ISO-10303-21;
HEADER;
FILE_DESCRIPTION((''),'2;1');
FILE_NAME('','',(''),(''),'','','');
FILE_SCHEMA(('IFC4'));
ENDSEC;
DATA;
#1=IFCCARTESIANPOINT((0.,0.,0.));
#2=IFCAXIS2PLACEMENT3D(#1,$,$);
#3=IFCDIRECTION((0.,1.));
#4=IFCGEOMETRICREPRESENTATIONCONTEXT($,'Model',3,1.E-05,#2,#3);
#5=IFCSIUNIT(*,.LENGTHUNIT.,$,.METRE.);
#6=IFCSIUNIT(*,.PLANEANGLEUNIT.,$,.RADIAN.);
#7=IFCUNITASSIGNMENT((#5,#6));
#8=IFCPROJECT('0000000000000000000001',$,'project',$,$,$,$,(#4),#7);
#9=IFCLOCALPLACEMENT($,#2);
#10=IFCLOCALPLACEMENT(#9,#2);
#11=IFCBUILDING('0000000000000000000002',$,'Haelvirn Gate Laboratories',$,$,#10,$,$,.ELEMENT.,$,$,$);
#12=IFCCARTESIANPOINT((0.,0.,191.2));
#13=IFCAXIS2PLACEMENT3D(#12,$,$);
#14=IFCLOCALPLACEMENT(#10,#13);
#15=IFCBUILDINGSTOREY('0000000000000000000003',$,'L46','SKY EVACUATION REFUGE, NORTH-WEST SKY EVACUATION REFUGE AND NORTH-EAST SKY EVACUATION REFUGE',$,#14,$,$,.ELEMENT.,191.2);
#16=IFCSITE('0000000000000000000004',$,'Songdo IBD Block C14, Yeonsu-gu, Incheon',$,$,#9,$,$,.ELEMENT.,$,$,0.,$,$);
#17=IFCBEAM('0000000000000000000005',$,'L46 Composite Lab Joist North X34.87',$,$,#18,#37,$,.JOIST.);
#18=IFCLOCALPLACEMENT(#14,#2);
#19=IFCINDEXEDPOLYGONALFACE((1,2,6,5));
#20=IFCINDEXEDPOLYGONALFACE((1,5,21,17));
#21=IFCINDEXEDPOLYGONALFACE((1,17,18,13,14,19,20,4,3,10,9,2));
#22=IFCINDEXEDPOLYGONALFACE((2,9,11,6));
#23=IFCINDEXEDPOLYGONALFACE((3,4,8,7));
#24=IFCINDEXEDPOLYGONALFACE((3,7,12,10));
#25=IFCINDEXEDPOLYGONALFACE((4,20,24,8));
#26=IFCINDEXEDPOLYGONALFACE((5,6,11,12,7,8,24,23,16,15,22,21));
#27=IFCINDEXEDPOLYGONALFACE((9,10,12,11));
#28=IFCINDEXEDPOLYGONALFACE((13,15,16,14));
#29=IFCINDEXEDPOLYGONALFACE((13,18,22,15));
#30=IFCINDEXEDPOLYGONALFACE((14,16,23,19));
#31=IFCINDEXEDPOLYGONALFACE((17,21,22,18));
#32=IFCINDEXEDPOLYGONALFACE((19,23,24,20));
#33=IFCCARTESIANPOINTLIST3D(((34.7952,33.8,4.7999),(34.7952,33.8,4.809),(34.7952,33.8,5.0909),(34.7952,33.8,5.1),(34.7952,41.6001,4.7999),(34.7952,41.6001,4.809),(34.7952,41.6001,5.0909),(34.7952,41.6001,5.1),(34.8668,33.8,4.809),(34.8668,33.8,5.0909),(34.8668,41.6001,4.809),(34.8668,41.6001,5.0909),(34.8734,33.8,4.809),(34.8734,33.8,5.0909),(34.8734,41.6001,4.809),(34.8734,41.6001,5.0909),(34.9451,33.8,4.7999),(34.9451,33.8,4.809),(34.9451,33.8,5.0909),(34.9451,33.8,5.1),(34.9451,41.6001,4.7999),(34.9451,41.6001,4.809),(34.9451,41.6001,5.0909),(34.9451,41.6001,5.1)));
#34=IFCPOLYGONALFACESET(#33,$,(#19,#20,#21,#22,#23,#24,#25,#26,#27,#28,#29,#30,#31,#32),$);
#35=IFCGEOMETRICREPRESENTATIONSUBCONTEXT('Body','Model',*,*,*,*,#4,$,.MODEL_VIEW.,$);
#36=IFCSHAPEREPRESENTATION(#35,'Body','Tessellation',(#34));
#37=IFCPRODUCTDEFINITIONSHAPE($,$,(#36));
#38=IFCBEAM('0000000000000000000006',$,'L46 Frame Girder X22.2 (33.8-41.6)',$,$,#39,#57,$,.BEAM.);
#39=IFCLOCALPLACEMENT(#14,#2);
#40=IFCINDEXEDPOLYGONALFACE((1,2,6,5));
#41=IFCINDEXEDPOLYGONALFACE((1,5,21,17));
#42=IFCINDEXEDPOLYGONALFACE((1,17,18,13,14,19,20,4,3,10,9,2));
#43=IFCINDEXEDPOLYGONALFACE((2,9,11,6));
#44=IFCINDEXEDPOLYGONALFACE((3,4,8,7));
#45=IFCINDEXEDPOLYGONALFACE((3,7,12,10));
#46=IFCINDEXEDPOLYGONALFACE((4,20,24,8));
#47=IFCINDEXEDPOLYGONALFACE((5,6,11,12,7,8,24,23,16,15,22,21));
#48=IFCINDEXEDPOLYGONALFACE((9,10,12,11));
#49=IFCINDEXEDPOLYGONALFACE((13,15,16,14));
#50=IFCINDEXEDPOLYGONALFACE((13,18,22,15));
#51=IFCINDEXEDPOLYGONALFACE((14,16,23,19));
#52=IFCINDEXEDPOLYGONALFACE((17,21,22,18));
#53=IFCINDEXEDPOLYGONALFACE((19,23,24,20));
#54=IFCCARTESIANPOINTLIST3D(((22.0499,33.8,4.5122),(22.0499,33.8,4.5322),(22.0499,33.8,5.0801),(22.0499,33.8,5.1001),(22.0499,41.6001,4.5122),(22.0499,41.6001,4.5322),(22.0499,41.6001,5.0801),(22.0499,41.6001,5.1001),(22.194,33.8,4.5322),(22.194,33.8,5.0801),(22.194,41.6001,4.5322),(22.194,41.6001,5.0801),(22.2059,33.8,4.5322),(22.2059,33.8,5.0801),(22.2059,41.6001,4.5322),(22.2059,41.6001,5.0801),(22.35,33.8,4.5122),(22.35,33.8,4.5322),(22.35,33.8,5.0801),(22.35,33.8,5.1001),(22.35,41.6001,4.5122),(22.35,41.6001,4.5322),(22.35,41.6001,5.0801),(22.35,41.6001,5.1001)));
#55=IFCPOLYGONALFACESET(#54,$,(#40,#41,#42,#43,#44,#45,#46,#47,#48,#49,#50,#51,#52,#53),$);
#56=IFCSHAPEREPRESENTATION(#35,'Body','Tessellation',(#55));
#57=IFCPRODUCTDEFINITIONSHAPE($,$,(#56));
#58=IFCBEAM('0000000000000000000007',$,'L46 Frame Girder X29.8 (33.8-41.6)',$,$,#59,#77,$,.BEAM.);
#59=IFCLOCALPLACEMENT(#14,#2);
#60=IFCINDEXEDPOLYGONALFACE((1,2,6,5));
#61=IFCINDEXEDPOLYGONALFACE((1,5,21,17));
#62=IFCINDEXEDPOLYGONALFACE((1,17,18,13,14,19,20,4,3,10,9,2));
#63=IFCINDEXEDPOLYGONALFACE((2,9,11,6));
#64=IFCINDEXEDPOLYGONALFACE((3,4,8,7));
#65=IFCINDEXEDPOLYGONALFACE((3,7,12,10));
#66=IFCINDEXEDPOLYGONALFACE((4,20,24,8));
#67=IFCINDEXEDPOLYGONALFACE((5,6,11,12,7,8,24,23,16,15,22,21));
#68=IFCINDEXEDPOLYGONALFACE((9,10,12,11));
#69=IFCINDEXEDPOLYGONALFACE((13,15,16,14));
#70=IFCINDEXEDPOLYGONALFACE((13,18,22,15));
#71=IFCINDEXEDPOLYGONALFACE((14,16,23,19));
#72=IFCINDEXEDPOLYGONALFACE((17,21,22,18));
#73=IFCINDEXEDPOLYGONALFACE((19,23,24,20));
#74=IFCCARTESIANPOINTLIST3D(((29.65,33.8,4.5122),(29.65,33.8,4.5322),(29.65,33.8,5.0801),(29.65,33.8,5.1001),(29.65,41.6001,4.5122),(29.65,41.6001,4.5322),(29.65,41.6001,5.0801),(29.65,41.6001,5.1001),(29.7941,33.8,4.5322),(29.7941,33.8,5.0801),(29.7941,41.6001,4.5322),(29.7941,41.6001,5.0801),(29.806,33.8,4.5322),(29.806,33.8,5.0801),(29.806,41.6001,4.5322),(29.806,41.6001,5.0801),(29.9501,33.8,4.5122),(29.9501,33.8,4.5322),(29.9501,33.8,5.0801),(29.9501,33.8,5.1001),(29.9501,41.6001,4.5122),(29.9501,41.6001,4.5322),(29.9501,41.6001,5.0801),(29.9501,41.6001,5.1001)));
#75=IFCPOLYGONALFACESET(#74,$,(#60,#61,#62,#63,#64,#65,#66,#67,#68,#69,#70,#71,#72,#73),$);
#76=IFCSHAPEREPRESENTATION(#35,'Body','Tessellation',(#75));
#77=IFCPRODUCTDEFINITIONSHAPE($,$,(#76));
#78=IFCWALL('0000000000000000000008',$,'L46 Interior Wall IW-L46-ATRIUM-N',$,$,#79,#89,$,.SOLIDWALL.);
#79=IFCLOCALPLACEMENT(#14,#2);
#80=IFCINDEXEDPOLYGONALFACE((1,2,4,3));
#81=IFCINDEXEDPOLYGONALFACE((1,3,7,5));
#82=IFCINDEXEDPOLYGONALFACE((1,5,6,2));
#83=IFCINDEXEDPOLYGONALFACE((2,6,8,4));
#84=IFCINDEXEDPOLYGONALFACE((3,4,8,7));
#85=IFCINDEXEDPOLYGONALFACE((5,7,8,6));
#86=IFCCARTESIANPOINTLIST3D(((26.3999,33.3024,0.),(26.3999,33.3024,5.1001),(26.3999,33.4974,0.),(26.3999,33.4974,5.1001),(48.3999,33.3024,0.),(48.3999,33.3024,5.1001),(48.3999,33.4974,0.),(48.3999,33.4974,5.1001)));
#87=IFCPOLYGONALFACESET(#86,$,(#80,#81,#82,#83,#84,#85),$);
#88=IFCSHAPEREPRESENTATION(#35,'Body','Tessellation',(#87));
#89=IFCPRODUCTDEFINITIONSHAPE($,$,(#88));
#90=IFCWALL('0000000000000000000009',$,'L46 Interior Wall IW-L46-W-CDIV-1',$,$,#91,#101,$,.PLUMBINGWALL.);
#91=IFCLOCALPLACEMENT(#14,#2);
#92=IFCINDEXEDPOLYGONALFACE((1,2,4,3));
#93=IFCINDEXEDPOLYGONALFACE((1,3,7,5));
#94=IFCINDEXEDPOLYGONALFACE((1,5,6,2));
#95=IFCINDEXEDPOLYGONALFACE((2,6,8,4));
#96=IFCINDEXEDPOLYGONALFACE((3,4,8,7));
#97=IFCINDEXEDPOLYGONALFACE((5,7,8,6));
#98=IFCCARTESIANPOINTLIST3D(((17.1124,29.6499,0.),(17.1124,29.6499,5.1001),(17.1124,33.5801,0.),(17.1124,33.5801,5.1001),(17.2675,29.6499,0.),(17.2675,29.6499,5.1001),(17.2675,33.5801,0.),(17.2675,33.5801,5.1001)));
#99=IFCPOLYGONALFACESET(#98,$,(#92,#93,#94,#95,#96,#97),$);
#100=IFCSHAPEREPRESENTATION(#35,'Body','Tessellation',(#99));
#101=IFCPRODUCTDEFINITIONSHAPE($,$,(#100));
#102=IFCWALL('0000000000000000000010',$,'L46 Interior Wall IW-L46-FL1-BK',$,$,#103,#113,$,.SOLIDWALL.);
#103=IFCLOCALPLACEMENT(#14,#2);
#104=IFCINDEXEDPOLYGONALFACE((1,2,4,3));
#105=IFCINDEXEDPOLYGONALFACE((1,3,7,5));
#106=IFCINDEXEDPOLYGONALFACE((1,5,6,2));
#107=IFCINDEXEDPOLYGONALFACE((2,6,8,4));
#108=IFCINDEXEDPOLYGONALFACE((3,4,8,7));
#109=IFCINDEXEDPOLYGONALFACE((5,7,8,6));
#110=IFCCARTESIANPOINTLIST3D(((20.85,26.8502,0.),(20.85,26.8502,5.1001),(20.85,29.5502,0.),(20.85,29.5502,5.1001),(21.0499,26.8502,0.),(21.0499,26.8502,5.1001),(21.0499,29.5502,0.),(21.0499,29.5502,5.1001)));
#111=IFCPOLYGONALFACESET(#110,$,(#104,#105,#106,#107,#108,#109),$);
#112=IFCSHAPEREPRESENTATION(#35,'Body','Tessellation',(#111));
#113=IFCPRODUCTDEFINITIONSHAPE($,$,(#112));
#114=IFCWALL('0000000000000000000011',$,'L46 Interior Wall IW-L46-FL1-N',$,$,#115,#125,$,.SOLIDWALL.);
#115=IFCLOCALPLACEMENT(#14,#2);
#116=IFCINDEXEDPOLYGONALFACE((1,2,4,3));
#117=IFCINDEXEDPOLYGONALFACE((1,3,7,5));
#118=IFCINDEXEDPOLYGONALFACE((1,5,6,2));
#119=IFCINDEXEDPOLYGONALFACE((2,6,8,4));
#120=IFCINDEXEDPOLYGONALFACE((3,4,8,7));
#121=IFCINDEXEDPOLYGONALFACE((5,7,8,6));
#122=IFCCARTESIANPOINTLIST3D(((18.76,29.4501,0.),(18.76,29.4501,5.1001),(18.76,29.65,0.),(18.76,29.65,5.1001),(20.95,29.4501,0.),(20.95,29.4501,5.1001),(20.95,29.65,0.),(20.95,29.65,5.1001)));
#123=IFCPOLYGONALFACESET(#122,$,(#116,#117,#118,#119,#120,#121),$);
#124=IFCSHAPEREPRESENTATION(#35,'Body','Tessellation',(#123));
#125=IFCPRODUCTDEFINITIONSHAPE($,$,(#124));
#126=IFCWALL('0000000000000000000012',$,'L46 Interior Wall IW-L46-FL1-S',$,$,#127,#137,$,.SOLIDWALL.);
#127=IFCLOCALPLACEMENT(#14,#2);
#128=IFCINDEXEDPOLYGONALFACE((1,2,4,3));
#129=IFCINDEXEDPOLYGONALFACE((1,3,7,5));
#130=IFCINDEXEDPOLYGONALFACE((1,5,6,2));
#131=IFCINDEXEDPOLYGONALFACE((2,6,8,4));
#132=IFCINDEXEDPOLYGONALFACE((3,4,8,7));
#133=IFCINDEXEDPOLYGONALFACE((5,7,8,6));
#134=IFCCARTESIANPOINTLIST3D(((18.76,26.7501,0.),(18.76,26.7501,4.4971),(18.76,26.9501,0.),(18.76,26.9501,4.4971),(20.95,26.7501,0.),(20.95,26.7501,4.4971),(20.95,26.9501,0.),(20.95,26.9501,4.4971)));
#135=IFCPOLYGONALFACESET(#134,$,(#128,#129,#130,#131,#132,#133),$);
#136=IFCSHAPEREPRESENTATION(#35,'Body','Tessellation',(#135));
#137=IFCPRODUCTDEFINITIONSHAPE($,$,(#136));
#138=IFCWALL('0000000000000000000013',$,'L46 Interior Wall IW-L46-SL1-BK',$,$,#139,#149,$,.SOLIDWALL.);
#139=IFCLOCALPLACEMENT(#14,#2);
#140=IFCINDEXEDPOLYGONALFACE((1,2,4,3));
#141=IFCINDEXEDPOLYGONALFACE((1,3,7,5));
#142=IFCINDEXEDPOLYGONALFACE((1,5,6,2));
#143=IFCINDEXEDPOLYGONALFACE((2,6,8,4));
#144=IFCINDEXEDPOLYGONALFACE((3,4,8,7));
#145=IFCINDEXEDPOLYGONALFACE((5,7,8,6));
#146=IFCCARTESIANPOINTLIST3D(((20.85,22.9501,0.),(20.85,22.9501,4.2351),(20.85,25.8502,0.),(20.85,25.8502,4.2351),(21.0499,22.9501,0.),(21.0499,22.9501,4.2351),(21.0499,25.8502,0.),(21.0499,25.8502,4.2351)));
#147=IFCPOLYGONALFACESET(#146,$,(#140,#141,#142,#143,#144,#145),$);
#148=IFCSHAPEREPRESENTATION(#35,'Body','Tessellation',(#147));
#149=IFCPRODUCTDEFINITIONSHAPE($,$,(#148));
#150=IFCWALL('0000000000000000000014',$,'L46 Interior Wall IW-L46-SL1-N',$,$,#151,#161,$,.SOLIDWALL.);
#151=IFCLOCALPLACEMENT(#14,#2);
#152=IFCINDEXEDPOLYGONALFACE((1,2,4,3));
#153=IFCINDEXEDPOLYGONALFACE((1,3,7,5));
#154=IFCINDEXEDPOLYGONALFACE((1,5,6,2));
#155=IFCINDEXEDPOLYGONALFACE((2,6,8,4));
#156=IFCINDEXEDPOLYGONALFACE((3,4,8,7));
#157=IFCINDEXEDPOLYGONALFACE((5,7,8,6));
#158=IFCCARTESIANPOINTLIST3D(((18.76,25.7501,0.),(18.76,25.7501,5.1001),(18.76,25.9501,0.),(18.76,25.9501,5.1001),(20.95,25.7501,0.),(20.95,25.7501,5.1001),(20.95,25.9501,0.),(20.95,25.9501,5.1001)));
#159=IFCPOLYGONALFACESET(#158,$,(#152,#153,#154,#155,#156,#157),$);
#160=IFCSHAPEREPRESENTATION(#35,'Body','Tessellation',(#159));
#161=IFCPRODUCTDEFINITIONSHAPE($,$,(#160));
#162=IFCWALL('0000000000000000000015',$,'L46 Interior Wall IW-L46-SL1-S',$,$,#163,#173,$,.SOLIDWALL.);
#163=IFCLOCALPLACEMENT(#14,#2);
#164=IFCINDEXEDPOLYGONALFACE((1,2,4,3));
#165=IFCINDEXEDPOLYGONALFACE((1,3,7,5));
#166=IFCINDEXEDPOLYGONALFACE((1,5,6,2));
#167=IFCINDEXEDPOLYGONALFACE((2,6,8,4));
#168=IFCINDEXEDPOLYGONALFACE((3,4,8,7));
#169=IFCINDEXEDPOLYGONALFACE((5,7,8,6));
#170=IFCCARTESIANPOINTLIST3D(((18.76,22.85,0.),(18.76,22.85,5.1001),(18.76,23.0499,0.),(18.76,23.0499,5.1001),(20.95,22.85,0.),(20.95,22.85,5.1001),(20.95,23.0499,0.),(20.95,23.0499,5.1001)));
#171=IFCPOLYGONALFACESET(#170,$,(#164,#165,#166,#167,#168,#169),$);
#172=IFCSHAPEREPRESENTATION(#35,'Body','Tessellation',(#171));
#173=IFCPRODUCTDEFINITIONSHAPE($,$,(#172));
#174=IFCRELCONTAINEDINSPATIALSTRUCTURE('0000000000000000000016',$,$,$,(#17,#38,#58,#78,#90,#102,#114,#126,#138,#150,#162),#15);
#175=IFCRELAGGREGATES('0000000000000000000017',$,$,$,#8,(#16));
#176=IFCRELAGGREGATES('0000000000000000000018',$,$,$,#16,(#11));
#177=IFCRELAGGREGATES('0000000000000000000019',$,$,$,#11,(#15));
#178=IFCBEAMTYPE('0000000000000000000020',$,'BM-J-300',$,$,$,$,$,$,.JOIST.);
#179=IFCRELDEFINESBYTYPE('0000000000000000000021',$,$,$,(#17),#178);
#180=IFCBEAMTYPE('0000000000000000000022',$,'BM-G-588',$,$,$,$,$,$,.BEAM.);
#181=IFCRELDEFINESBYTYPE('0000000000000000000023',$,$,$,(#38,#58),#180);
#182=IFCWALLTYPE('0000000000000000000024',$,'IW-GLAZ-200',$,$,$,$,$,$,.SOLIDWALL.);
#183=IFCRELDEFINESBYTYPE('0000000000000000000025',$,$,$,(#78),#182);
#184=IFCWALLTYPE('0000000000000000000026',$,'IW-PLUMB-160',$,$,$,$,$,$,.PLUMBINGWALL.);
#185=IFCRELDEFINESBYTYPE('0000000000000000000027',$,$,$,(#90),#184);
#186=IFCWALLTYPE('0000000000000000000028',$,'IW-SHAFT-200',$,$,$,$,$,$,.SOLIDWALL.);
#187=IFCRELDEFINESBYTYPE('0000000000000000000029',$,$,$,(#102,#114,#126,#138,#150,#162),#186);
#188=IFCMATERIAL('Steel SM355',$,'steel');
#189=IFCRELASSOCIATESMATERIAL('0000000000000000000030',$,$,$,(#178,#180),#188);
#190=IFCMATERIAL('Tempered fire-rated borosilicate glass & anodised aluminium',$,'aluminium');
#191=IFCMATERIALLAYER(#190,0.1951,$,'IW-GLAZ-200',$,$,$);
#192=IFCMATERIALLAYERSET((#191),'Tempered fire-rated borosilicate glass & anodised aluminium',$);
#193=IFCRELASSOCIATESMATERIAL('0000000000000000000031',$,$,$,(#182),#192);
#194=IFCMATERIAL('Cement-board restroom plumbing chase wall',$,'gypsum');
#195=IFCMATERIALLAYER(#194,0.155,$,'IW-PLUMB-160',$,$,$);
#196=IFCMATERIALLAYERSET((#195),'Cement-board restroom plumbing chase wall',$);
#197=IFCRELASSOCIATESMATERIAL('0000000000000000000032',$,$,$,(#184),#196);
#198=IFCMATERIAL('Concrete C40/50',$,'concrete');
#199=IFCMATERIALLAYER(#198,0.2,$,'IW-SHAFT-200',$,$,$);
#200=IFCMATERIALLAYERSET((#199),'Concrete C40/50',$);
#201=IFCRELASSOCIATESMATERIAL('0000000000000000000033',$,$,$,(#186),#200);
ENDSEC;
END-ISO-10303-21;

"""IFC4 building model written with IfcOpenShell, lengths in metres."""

from ifc_helpers import new_model, si_unit, direction, frame, frame_2d, origin, origin_2d, place, context, subcontext, project, spatial, rectangle, i_section, extrude, source, transform, mapped, material, layer, layer_set, material_profile, profile_set, type_object, type_shapes, element, save


model = new_model("IFC4")

# Units and contexts
model_context = context("Model", 3, precision=1e-05, world=origin(), true_north=direction((0.0, 1.0)))
body_context = subcontext(model_context, "Body", "Model", "MODEL_VIEW")
ifc_project = project(units=[si_unit("LENGTHUNIT", "METRE"), si_unit("PLANEANGLEUNIT", "RADIAN")], contexts=[model_context])

# Site, building, storey
site_placement = place(None, origin())
site = spatial("IfcSite", under=ifc_project, at=site_placement, Name="Songdo IBD Block C14, Yeonsu-gu, Incheon", CompositionType="ELEMENT", RefElevation=0.0)
building_placement = place(site_placement, origin())
building = spatial("IfcBuilding", under=site, at=building_placement, Name="Haelvirn Gate Laboratories", CompositionType="ELEMENT")
storey_placement = place(building_placement, frame((0.0, 0.0, 191.2)))
storey = spatial("IfcBuildingStorey", under=building, at=storey_placement, Name="L46", Description="SKY EVACUATION REFUGE, NORTH-WEST SKY EVACUATION REFUGE AND NORTH-EAST SKY EVACUATION REFUGE", CompositionType="ELEMENT", Elevation=191.2)

# Shared definitions
ifc_material_1 = material(Name="Steel SM355", Category="steel")

# Beams
ifc_material_profile_1 = material_profile(ifc_material_1, i_section(OverallWidth=0.1499, OverallDepth=0.3, WebThickness=0.0066, FlangeThickness=0.009, at=origin_2d()), Name="H-300x150x6.5x9")
ifc_profile_set_1 = profile_set([ifc_material_profile_1], Name="Steel SM355")
beam_type_1 = type_object("IfcBeamType", Name="BM-J-300", PredefinedType="JOIST", material=ifc_profile_set_1)
shared_shape_1 = source(origin(), body_context, "Body", "SweptSolid", [
    extrude(i_section(OverallWidth=0.1499, OverallDepth=0.3, WebThickness=0.0066, FlangeThickness=0.009, at=origin_2d()), origin(), (0.0, 0.0, 1.0), 7.8),
])
type_shapes(beam_type_1, [shared_shape_1])
for number, where, z_axis, x_axis, name in (
    (1, (34.8701, 33.8, 4.95), (0.0, 1.0, 0.0), (-1.0, 0.0, 0.0), "L46 Composite Lab Joist North X34.87"),
):
    element("IfcBeam", number, at=place(storey_placement, frame(where, z_axis=z_axis, x_axis=x_axis)), inside=storey, type_object=beam_type_1, Name=name, PredefinedType="JOIST", context=body_context, shape_type="MappedRepresentation", body=[
        mapped(shared_shape_1, transform((0.0, 0.0, 0.0), scale=1.0)),
    ])
ifc_material_profile_2 = material_profile(ifc_material_1, i_section(OverallWidth=0.3, OverallDepth=0.5879, WebThickness=0.012, FlangeThickness=0.02, at=origin_2d()), Name="H-588x300x12x20")
ifc_profile_set_2 = profile_set([ifc_material_profile_2], Name="Steel SM355")
beam_type_2 = type_object("IfcBeamType", Name="BM-G-588", PredefinedType="BEAM", material=ifc_profile_set_2)
shared_shape_2 = source(origin(), body_context, "Body", "SweptSolid", [
    extrude(i_section(OverallWidth=0.3, OverallDepth=0.5879, WebThickness=0.012, FlangeThickness=0.02, at=origin_2d()), origin(), (0.0, 0.0, 1.0), 7.8),
])
type_shapes(beam_type_2, [shared_shape_2])
for number, where, z_axis, x_axis, name in (
    (2, (22.2, 33.8, 4.8062), (0.0, 1.0, 0.0), (-1.0, 0.0, 0.0), "L46 Frame Girder X22.2 (33.8-41.6)"),
    (3, (29.8, 33.8, 4.8062), (0.0, 1.0, 0.0), (-1.0, 0.0, 0.0), "L46 Frame Girder X29.8 (33.8-41.6)"),
):
    element("IfcBeam", number, at=place(storey_placement, frame(where, z_axis=z_axis, x_axis=x_axis)), inside=storey, type_object=beam_type_2, Name=name, PredefinedType="BEAM", context=body_context, shape_type="MappedRepresentation", body=[
        mapped(shared_shape_2, transform((0.0, 0.0, 0.0), scale=1.0)),
    ])

# Walls
ifc_material_2 = material(Name="Tempered fire-rated borosilicate glass & anodised aluminium", Category="aluminium")
ifc_layer_1 = layer(ifc_material_2, 0.1951, Name="IW-GLAZ-200")
ifc_layer_set_1 = layer_set([ifc_layer_1], Name="Tempered fire-rated borosilicate glass & anodised aluminium")
wall_type_1 = type_object("IfcWallType", Name="IW-GLAZ-200", PredefinedType="SOLIDWALL", material=ifc_layer_set_1)
wall_1_placement = place(storey_placement, frame((26.3999, 33.3999, 0.0), z_axis=(0.0, 0.0, 1.0), x_axis=(1.0, 0.0, 0.0)))
element("IfcWall", 4, at=wall_1_placement, inside=storey, type_object=wall_type_1, Name="L46 Interior Wall IW-L46-ATRIUM-N", PredefinedType="SOLIDWALL", context=body_context, shape_type="SweptSolid", body=[
    extrude(rectangle(XDim=22.0, YDim=0.1951, at=frame_2d((11.0, 0.0))), origin(), (0.0, 0.0, 1.0), 5.1001),
])
ifc_material_3 = material(Name="Cement-board restroom plumbing chase wall", Category="gypsum")
ifc_layer_2 = layer(ifc_material_3, 0.155, Name="IW-PLUMB-160")
ifc_layer_set_2 = layer_set([ifc_layer_2], Name="Cement-board restroom plumbing chase wall")
wall_type_2 = type_object("IfcWallType", Name="IW-PLUMB-160", PredefinedType="PLUMBINGWALL", material=ifc_layer_set_2)
wall_2_placement = place(storey_placement, frame((17.1899, 29.6499, 0.0), z_axis=(0.0, 0.0, 1.0), x_axis=(0.0, 1.0, 0.0)))
element("IfcWall", 5, at=wall_2_placement, inside=storey, type_object=wall_type_2, Name="L46 Interior Wall IW-L46-W-CDIV-1", PredefinedType="PLUMBINGWALL", context=body_context, shape_type="SweptSolid", body=[
    extrude(rectangle(XDim=3.9302, YDim=0.155, at=frame_2d((1.9651, 0.0))), origin(), (0.0, 0.0, 1.0), 5.1001),
])
ifc_material_4 = material(Name="Concrete C40/50", Category="concrete")
ifc_layer_3 = layer(ifc_material_4, 0.2, Name="IW-SHAFT-200")
ifc_layer_set_3 = layer_set([ifc_layer_3], Name="Concrete C40/50")
wall_type_3 = type_object("IfcWallType", Name="IW-SHAFT-200", PredefinedType="SOLIDWALL", material=ifc_layer_set_3)
wall_3_placement = place(storey_placement, frame((20.95, 26.8501, 0.0), z_axis=(0.0, 0.0, 1.0), x_axis=(0.0, 1.0, 0.0)))
element("IfcWall", 6, at=wall_3_placement, inside=storey, type_object=wall_type_3, Name="L46 Interior Wall IW-L46-FL1-BK", PredefinedType="SOLIDWALL", context=body_context, shape_type="SweptSolid", body=[
    extrude(rectangle(XDim=2.7, YDim=0.2, at=frame_2d((1.3501, 0.0))), origin(), (0.0, 0.0, 1.0), 5.1001),
])
wall_4_placement = place(storey_placement, frame((18.76, 29.55, 0.0), z_axis=(0.0, 0.0, 1.0), x_axis=(1.0, 0.0, 0.0)))
element("IfcWall", 7, at=wall_4_placement, inside=storey, type_object=wall_type_3, Name="L46 Interior Wall IW-L46-FL1-N", PredefinedType="SOLIDWALL", context=body_context, shape_type="SweptSolid", body=[
    extrude(rectangle(XDim=2.1899, YDim=0.2, at=frame_2d((1.095, 0.0))), origin(), (0.0, 0.0, 1.0), 5.1001),
])
wall_5_placement = place(storey_placement, frame((18.76, 26.8501, 0.0), z_axis=(0.0, 0.0, 1.0), x_axis=(1.0, 0.0, 0.0)))
element("IfcWall", 8, at=wall_5_placement, inside=storey, type_object=wall_type_3, Name="L46 Interior Wall IW-L46-FL1-S", PredefinedType="SOLIDWALL", context=body_context, shape_type="SweptSolid", body=[
    extrude(rectangle(XDim=2.1899, YDim=0.2, at=frame_2d((1.095, 0.0))), origin(), (0.0, 0.0, 1.0), 4.4971),
])
wall_6_placement = place(storey_placement, frame((20.95, 22.95, 0.0), z_axis=(0.0, 0.0, 1.0), x_axis=(0.0, 1.0, 0.0)))
element("IfcWall", 9, at=wall_6_placement, inside=storey, type_object=wall_type_3, Name="L46 Interior Wall IW-L46-SL1-BK", PredefinedType="SOLIDWALL", context=body_context, shape_type="SweptSolid", body=[
    extrude(rectangle(XDim=2.9001, YDim=0.2, at=frame_2d((1.4502, 0.0))), origin(), (0.0, 0.0, 1.0), 4.2351),
])
for number, where, z_axis, x_axis, name in (
    (10, (18.76, 25.8501, 0.0), (0.0, 0.0, 1.0), (1.0, 0.0, 0.0), "L46 Interior Wall IW-L46-SL1-N"),
    (11, (18.76, 22.95, 0.0), (0.0, 0.0, 1.0), (1.0, 0.0, 0.0), "L46 Interior Wall IW-L46-SL1-S"),
):
    element("IfcWall", number, at=place(storey_placement, frame(where, z_axis=z_axis, x_axis=x_axis)), inside=storey, type_object=wall_type_3, Name=name, PredefinedType="SOLIDWALL", context=body_context, shape_type="SweptSolid", body=[
        extrude(rectangle(XDim=2.1899, YDim=0.2, at=frame_2d((1.095, 0.0))), origin(), (0.0, 0.0, 1.0), 5.1001),
    ])

save(model, "model.ifc")
